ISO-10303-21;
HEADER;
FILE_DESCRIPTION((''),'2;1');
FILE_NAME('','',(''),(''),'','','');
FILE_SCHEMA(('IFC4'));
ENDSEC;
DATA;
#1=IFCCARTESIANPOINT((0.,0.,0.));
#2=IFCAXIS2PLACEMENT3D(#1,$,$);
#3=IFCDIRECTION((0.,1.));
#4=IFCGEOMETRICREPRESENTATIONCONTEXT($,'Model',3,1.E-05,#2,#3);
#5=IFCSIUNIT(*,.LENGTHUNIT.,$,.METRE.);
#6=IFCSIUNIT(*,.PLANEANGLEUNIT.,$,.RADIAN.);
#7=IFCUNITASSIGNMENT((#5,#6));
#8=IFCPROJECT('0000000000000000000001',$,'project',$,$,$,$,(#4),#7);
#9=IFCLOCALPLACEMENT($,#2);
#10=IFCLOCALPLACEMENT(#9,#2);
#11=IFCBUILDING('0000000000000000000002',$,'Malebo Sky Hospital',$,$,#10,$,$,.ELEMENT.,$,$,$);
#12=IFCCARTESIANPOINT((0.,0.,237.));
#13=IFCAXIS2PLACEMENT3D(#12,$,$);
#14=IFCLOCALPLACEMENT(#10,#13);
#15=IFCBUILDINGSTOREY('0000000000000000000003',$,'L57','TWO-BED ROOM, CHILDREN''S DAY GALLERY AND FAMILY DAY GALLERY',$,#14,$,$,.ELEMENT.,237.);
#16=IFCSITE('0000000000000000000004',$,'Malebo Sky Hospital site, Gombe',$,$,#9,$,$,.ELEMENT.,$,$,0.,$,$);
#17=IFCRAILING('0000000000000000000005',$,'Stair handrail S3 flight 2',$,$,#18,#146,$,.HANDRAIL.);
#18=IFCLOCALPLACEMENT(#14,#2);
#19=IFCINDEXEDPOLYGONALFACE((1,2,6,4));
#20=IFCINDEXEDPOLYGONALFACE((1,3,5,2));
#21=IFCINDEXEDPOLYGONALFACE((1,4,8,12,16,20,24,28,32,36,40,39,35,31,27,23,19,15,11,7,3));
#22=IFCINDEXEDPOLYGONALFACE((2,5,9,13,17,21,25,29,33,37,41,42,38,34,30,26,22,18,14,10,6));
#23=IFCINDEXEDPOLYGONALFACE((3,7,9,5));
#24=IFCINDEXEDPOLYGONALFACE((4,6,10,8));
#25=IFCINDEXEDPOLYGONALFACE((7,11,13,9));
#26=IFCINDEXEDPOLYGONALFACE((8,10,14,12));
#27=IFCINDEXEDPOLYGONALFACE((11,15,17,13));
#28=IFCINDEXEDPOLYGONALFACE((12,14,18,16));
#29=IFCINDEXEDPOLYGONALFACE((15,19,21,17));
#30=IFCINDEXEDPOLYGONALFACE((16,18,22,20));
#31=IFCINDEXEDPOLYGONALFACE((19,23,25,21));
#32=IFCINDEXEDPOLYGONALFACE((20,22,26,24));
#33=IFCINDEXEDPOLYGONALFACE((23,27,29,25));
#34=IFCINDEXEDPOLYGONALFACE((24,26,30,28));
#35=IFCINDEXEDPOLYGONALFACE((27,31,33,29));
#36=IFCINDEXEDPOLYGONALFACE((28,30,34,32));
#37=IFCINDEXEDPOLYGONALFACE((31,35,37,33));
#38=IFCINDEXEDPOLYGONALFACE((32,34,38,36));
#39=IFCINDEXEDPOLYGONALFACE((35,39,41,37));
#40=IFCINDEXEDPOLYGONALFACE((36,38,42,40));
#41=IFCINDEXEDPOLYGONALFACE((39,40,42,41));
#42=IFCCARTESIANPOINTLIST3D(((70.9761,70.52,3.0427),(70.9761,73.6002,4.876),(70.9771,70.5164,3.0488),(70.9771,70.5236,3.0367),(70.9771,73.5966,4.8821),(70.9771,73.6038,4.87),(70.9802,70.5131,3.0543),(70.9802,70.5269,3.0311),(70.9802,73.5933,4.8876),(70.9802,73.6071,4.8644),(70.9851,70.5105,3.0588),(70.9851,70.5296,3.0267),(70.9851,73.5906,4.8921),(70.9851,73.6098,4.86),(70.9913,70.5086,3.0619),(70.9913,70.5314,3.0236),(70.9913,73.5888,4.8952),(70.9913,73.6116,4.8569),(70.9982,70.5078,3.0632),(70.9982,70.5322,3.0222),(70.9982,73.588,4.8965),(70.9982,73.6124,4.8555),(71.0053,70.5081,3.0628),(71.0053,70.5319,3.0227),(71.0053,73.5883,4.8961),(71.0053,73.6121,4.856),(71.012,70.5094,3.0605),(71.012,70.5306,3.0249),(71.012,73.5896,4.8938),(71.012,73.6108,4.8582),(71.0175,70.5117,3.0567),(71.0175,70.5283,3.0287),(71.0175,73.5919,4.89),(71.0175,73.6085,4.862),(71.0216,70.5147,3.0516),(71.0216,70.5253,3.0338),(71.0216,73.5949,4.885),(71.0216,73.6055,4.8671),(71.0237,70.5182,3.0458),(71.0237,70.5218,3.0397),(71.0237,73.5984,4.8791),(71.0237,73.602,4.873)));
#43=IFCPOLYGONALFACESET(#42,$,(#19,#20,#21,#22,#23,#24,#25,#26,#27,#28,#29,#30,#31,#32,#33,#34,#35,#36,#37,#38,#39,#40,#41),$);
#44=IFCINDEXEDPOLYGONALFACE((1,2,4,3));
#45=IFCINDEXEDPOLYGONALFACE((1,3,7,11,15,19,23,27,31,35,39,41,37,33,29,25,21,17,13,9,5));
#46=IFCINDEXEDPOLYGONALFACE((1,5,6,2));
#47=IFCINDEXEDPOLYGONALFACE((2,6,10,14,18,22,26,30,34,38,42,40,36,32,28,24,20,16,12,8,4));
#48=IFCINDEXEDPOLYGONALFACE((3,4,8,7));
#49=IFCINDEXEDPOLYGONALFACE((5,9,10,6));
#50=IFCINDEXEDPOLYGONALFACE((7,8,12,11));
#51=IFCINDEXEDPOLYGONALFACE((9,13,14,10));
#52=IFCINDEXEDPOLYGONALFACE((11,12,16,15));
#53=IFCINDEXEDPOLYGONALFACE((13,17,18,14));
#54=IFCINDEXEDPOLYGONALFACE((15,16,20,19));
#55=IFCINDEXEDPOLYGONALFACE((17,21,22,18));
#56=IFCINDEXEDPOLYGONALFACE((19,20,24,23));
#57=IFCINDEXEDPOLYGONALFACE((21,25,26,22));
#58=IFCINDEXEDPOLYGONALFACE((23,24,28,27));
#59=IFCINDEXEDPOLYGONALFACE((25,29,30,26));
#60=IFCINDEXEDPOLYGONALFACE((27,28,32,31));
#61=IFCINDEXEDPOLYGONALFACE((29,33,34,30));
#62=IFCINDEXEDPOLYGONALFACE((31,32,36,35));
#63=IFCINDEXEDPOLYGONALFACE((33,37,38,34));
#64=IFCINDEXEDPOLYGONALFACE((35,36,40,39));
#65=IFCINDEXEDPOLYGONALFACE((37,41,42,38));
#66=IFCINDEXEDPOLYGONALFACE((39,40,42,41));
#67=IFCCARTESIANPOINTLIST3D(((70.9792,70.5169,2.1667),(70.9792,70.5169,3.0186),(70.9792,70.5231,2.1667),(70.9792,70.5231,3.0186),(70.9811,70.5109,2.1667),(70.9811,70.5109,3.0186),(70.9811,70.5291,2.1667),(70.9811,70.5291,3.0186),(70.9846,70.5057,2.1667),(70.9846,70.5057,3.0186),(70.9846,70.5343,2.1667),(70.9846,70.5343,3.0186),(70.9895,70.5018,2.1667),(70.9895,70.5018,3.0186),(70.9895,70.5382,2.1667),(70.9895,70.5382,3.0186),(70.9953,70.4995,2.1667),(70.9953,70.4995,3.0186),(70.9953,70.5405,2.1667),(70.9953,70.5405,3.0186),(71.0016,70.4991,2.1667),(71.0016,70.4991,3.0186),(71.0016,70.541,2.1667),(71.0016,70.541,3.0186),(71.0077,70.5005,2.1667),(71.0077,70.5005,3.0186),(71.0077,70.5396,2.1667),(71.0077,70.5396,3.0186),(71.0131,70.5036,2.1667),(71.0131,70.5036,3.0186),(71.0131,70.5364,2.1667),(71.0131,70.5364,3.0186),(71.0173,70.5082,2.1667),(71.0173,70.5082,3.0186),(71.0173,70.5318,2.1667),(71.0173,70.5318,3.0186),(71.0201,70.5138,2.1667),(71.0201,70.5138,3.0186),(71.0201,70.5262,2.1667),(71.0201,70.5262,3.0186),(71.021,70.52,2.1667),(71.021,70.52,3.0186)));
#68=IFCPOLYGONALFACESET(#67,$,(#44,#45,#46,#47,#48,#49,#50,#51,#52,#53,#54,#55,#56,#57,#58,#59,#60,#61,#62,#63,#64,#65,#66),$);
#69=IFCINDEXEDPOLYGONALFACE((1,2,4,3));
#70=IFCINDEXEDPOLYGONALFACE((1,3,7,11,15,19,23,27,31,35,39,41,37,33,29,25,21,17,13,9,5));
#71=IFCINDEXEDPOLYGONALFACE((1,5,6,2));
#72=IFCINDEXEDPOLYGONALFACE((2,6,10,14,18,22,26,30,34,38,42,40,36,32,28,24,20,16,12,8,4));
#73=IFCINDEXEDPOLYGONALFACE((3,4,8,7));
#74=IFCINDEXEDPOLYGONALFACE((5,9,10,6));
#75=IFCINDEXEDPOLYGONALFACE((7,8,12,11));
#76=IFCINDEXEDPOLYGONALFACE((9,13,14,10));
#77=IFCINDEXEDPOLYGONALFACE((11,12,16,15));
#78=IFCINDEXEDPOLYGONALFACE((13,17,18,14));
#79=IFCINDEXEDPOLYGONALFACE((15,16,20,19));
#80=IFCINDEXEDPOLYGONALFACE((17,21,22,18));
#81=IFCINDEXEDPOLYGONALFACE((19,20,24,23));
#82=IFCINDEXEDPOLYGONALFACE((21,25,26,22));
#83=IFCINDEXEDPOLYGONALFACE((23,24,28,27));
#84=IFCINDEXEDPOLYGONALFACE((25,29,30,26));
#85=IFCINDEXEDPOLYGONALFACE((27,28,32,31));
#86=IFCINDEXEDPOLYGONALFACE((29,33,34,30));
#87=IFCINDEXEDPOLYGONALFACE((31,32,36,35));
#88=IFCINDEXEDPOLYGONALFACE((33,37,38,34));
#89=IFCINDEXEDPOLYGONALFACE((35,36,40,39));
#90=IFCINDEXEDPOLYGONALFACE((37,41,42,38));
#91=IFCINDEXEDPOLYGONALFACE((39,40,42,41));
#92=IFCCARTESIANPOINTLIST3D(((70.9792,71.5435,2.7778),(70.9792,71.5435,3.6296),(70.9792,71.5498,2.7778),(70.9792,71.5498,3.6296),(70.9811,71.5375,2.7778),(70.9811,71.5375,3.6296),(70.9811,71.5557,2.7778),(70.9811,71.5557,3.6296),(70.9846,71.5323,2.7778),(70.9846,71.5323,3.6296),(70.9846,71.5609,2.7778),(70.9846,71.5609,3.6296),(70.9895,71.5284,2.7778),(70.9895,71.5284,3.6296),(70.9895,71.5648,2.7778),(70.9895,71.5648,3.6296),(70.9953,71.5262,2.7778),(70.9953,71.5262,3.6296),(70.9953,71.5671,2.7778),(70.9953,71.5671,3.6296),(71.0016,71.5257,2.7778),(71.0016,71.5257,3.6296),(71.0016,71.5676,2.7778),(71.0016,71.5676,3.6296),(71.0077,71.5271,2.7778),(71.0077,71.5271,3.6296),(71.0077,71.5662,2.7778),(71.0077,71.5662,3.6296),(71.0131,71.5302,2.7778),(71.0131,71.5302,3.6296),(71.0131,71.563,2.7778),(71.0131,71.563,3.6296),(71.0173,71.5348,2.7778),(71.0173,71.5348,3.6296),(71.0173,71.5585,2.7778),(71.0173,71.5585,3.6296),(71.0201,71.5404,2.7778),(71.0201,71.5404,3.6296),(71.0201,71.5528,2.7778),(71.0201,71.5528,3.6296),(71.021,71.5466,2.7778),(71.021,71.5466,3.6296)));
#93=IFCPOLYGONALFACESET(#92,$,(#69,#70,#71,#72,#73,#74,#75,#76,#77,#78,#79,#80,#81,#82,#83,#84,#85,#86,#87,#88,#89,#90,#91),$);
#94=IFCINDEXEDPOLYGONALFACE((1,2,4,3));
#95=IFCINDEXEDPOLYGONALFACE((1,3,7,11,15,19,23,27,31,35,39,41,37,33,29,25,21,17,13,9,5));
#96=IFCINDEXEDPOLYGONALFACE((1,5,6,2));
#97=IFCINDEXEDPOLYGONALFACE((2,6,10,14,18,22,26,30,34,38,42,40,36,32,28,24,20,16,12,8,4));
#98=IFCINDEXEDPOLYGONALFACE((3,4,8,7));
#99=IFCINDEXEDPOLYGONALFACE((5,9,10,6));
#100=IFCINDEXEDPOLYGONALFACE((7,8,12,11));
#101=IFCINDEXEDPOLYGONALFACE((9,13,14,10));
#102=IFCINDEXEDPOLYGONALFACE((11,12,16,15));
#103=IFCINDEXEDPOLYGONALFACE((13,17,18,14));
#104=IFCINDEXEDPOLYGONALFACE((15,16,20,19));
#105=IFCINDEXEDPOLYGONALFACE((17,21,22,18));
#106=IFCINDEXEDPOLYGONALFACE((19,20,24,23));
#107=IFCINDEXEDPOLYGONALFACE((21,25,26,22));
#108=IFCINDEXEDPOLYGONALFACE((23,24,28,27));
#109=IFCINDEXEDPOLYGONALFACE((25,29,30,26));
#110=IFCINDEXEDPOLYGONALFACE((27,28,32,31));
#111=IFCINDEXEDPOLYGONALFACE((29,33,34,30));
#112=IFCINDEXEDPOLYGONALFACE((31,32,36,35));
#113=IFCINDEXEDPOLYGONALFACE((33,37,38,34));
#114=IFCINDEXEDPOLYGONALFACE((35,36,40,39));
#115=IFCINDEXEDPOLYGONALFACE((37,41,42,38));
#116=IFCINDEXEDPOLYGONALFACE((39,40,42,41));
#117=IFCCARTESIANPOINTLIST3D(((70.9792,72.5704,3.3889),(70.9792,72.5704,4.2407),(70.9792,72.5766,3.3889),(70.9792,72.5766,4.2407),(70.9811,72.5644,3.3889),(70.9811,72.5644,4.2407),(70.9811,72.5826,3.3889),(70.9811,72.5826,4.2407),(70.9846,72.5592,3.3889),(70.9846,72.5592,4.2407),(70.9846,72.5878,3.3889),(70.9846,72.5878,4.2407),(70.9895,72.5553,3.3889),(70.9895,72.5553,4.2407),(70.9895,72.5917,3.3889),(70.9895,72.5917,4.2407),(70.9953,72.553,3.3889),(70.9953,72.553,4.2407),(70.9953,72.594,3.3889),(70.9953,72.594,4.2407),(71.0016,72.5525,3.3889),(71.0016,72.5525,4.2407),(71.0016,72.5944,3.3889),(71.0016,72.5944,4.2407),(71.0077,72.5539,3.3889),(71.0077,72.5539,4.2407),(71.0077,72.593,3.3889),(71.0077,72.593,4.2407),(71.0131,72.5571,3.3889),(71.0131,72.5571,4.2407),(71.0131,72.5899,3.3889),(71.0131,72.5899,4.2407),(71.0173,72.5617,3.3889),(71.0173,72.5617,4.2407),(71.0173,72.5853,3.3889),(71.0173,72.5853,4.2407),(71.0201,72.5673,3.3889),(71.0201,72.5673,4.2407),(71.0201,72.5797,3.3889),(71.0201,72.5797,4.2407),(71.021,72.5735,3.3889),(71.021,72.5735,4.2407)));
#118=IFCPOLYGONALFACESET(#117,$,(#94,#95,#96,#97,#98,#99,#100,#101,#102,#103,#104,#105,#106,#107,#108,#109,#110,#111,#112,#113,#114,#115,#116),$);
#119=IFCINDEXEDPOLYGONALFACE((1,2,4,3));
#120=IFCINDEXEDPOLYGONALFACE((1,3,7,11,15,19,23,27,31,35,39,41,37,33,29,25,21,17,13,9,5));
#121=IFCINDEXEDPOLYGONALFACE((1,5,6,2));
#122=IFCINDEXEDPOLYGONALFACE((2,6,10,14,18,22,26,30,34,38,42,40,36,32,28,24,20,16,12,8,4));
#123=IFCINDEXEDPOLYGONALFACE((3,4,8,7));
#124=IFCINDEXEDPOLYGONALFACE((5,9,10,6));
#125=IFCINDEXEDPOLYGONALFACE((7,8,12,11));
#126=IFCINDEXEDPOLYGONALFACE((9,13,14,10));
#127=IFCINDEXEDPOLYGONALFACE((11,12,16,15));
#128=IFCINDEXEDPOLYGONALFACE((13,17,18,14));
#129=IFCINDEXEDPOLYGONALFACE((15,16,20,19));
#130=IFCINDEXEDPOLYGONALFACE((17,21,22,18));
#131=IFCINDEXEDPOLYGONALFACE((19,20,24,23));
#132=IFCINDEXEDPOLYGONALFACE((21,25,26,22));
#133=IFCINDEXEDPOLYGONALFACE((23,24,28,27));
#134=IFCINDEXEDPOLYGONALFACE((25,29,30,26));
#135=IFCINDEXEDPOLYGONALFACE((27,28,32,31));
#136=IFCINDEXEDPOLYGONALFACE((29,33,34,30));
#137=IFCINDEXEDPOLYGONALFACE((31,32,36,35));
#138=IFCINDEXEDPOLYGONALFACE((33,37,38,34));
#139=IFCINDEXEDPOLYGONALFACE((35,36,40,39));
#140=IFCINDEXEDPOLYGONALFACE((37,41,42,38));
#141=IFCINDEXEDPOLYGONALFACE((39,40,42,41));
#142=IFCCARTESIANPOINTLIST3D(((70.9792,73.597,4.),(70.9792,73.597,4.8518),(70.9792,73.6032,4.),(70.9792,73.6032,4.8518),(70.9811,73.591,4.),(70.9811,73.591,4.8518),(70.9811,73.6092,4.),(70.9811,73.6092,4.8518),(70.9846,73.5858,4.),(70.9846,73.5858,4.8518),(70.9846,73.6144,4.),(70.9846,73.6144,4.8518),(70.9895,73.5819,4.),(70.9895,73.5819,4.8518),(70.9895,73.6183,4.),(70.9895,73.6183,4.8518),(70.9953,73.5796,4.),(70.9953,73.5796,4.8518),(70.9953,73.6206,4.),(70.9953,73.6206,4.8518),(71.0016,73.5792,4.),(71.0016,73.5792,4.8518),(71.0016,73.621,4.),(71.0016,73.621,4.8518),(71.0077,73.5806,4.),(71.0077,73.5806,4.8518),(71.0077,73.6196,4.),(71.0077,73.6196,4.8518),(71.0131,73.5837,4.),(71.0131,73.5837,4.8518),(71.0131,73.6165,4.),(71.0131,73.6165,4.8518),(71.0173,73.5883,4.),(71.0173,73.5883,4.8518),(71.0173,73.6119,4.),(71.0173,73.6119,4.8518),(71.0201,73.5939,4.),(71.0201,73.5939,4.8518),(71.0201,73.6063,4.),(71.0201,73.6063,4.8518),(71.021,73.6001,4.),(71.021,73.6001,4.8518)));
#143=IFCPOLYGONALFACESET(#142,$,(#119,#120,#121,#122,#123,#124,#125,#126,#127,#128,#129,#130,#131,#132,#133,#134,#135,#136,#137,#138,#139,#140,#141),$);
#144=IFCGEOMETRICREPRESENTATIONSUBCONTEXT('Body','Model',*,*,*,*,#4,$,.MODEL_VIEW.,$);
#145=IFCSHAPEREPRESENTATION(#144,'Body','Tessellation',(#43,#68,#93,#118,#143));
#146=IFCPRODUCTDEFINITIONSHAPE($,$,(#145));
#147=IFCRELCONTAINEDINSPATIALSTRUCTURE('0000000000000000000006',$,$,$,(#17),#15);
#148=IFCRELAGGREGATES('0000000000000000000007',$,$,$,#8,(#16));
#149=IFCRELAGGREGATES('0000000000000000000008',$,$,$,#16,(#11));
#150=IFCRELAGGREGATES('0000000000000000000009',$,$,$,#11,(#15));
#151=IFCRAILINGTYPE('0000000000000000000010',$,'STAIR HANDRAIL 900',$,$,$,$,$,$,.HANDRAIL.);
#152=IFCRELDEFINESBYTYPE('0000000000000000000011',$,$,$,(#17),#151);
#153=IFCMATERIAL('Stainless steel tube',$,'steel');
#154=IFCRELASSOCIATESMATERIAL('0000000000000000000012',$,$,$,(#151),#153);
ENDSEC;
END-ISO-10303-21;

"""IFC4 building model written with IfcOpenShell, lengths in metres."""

from ifc_helpers import new_model, si_unit, direction, frame, origin, origin_2d, place, context, subcontext, project, spatial, circle, extrude, material, type_object, element, save


model = new_model("IFC4")

# Units and contexts
model_context = context("Model", 3, precision=1e-05, world=origin(), true_north=direction((0.0, 1.0)))
body_context = subcontext(model_context, "Body", "Model", "MODEL_VIEW")
ifc_project = project(units=[si_unit("LENGTHUNIT", "METRE"), si_unit("PLANEANGLEUNIT", "RADIAN")], contexts=[model_context])

# Site, building, storey
site_placement = place(None, origin())
site = spatial("IfcSite", under=ifc_project, at=site_placement, Name="Malebo Sky Hospital site, Gombe", CompositionType="ELEMENT", RefElevation=0.0)
building_placement = place(site_placement, origin())
building = spatial("IfcBuilding", under=site, at=building_placement, Name="Malebo Sky Hospital", CompositionType="ELEMENT")
storey_placement = place(building_placement, frame((0.0, 0.0, 237.0)))
storey = spatial("IfcBuildingStorey", under=building, at=storey_placement, Name="L57", Description="TWO-BED ROOM, CHILDREN'S DAY GALLERY AND FAMILY DAY GALLERY", CompositionType="ELEMENT", Elevation=237.0)

# Railing
ifc_material_1 = material(Name="Stainless steel tube", Category="steel")
railing_type = type_object("IfcRailingType", Name="STAIR HANDRAIL 900", PredefinedType="HANDRAIL", material=ifc_material_1)
railing_1_placement = place(storey_placement, frame((71.0, 70.52, 2.1667)))
element("IfcRailing", 1, at=railing_1_placement, inside=storey, type_object=railing_type, Name="Stair handrail S3 flight 2", PredefinedType="HANDRAIL", context=body_context, shape_type="SweptSolid", body=[
    extrude(circle(Radius=0.0239, at=origin_2d()), frame((0.0, 0.0, 0.876), z_axis=(0.0, 0.859309, 0.511458), x_axis=(-1.0, 0.0, 0.0)), (0.0, 0.0, 1.0), 3.5845),
    extrude(circle(Radius=0.021, at=origin_2d()), origin(), (0.0, 0.0, 1.0), 0.8518),
    extrude(circle(Radius=0.021, at=origin_2d()), frame((0.0, 1.0266, 0.6111)), (0.0, 0.0, 1.0), 0.8518),
    extrude(circle(Radius=0.021, at=origin_2d()), frame((0.0, 2.0535, 1.2222)), (0.0, 0.0, 1.0), 0.8518),
    extrude(circle(Radius=0.021, at=origin_2d()), frame((0.0, 3.0801, 1.8333)), (0.0, 0.0, 1.0), 0.8518),
])

save(model, "model.ifc")
